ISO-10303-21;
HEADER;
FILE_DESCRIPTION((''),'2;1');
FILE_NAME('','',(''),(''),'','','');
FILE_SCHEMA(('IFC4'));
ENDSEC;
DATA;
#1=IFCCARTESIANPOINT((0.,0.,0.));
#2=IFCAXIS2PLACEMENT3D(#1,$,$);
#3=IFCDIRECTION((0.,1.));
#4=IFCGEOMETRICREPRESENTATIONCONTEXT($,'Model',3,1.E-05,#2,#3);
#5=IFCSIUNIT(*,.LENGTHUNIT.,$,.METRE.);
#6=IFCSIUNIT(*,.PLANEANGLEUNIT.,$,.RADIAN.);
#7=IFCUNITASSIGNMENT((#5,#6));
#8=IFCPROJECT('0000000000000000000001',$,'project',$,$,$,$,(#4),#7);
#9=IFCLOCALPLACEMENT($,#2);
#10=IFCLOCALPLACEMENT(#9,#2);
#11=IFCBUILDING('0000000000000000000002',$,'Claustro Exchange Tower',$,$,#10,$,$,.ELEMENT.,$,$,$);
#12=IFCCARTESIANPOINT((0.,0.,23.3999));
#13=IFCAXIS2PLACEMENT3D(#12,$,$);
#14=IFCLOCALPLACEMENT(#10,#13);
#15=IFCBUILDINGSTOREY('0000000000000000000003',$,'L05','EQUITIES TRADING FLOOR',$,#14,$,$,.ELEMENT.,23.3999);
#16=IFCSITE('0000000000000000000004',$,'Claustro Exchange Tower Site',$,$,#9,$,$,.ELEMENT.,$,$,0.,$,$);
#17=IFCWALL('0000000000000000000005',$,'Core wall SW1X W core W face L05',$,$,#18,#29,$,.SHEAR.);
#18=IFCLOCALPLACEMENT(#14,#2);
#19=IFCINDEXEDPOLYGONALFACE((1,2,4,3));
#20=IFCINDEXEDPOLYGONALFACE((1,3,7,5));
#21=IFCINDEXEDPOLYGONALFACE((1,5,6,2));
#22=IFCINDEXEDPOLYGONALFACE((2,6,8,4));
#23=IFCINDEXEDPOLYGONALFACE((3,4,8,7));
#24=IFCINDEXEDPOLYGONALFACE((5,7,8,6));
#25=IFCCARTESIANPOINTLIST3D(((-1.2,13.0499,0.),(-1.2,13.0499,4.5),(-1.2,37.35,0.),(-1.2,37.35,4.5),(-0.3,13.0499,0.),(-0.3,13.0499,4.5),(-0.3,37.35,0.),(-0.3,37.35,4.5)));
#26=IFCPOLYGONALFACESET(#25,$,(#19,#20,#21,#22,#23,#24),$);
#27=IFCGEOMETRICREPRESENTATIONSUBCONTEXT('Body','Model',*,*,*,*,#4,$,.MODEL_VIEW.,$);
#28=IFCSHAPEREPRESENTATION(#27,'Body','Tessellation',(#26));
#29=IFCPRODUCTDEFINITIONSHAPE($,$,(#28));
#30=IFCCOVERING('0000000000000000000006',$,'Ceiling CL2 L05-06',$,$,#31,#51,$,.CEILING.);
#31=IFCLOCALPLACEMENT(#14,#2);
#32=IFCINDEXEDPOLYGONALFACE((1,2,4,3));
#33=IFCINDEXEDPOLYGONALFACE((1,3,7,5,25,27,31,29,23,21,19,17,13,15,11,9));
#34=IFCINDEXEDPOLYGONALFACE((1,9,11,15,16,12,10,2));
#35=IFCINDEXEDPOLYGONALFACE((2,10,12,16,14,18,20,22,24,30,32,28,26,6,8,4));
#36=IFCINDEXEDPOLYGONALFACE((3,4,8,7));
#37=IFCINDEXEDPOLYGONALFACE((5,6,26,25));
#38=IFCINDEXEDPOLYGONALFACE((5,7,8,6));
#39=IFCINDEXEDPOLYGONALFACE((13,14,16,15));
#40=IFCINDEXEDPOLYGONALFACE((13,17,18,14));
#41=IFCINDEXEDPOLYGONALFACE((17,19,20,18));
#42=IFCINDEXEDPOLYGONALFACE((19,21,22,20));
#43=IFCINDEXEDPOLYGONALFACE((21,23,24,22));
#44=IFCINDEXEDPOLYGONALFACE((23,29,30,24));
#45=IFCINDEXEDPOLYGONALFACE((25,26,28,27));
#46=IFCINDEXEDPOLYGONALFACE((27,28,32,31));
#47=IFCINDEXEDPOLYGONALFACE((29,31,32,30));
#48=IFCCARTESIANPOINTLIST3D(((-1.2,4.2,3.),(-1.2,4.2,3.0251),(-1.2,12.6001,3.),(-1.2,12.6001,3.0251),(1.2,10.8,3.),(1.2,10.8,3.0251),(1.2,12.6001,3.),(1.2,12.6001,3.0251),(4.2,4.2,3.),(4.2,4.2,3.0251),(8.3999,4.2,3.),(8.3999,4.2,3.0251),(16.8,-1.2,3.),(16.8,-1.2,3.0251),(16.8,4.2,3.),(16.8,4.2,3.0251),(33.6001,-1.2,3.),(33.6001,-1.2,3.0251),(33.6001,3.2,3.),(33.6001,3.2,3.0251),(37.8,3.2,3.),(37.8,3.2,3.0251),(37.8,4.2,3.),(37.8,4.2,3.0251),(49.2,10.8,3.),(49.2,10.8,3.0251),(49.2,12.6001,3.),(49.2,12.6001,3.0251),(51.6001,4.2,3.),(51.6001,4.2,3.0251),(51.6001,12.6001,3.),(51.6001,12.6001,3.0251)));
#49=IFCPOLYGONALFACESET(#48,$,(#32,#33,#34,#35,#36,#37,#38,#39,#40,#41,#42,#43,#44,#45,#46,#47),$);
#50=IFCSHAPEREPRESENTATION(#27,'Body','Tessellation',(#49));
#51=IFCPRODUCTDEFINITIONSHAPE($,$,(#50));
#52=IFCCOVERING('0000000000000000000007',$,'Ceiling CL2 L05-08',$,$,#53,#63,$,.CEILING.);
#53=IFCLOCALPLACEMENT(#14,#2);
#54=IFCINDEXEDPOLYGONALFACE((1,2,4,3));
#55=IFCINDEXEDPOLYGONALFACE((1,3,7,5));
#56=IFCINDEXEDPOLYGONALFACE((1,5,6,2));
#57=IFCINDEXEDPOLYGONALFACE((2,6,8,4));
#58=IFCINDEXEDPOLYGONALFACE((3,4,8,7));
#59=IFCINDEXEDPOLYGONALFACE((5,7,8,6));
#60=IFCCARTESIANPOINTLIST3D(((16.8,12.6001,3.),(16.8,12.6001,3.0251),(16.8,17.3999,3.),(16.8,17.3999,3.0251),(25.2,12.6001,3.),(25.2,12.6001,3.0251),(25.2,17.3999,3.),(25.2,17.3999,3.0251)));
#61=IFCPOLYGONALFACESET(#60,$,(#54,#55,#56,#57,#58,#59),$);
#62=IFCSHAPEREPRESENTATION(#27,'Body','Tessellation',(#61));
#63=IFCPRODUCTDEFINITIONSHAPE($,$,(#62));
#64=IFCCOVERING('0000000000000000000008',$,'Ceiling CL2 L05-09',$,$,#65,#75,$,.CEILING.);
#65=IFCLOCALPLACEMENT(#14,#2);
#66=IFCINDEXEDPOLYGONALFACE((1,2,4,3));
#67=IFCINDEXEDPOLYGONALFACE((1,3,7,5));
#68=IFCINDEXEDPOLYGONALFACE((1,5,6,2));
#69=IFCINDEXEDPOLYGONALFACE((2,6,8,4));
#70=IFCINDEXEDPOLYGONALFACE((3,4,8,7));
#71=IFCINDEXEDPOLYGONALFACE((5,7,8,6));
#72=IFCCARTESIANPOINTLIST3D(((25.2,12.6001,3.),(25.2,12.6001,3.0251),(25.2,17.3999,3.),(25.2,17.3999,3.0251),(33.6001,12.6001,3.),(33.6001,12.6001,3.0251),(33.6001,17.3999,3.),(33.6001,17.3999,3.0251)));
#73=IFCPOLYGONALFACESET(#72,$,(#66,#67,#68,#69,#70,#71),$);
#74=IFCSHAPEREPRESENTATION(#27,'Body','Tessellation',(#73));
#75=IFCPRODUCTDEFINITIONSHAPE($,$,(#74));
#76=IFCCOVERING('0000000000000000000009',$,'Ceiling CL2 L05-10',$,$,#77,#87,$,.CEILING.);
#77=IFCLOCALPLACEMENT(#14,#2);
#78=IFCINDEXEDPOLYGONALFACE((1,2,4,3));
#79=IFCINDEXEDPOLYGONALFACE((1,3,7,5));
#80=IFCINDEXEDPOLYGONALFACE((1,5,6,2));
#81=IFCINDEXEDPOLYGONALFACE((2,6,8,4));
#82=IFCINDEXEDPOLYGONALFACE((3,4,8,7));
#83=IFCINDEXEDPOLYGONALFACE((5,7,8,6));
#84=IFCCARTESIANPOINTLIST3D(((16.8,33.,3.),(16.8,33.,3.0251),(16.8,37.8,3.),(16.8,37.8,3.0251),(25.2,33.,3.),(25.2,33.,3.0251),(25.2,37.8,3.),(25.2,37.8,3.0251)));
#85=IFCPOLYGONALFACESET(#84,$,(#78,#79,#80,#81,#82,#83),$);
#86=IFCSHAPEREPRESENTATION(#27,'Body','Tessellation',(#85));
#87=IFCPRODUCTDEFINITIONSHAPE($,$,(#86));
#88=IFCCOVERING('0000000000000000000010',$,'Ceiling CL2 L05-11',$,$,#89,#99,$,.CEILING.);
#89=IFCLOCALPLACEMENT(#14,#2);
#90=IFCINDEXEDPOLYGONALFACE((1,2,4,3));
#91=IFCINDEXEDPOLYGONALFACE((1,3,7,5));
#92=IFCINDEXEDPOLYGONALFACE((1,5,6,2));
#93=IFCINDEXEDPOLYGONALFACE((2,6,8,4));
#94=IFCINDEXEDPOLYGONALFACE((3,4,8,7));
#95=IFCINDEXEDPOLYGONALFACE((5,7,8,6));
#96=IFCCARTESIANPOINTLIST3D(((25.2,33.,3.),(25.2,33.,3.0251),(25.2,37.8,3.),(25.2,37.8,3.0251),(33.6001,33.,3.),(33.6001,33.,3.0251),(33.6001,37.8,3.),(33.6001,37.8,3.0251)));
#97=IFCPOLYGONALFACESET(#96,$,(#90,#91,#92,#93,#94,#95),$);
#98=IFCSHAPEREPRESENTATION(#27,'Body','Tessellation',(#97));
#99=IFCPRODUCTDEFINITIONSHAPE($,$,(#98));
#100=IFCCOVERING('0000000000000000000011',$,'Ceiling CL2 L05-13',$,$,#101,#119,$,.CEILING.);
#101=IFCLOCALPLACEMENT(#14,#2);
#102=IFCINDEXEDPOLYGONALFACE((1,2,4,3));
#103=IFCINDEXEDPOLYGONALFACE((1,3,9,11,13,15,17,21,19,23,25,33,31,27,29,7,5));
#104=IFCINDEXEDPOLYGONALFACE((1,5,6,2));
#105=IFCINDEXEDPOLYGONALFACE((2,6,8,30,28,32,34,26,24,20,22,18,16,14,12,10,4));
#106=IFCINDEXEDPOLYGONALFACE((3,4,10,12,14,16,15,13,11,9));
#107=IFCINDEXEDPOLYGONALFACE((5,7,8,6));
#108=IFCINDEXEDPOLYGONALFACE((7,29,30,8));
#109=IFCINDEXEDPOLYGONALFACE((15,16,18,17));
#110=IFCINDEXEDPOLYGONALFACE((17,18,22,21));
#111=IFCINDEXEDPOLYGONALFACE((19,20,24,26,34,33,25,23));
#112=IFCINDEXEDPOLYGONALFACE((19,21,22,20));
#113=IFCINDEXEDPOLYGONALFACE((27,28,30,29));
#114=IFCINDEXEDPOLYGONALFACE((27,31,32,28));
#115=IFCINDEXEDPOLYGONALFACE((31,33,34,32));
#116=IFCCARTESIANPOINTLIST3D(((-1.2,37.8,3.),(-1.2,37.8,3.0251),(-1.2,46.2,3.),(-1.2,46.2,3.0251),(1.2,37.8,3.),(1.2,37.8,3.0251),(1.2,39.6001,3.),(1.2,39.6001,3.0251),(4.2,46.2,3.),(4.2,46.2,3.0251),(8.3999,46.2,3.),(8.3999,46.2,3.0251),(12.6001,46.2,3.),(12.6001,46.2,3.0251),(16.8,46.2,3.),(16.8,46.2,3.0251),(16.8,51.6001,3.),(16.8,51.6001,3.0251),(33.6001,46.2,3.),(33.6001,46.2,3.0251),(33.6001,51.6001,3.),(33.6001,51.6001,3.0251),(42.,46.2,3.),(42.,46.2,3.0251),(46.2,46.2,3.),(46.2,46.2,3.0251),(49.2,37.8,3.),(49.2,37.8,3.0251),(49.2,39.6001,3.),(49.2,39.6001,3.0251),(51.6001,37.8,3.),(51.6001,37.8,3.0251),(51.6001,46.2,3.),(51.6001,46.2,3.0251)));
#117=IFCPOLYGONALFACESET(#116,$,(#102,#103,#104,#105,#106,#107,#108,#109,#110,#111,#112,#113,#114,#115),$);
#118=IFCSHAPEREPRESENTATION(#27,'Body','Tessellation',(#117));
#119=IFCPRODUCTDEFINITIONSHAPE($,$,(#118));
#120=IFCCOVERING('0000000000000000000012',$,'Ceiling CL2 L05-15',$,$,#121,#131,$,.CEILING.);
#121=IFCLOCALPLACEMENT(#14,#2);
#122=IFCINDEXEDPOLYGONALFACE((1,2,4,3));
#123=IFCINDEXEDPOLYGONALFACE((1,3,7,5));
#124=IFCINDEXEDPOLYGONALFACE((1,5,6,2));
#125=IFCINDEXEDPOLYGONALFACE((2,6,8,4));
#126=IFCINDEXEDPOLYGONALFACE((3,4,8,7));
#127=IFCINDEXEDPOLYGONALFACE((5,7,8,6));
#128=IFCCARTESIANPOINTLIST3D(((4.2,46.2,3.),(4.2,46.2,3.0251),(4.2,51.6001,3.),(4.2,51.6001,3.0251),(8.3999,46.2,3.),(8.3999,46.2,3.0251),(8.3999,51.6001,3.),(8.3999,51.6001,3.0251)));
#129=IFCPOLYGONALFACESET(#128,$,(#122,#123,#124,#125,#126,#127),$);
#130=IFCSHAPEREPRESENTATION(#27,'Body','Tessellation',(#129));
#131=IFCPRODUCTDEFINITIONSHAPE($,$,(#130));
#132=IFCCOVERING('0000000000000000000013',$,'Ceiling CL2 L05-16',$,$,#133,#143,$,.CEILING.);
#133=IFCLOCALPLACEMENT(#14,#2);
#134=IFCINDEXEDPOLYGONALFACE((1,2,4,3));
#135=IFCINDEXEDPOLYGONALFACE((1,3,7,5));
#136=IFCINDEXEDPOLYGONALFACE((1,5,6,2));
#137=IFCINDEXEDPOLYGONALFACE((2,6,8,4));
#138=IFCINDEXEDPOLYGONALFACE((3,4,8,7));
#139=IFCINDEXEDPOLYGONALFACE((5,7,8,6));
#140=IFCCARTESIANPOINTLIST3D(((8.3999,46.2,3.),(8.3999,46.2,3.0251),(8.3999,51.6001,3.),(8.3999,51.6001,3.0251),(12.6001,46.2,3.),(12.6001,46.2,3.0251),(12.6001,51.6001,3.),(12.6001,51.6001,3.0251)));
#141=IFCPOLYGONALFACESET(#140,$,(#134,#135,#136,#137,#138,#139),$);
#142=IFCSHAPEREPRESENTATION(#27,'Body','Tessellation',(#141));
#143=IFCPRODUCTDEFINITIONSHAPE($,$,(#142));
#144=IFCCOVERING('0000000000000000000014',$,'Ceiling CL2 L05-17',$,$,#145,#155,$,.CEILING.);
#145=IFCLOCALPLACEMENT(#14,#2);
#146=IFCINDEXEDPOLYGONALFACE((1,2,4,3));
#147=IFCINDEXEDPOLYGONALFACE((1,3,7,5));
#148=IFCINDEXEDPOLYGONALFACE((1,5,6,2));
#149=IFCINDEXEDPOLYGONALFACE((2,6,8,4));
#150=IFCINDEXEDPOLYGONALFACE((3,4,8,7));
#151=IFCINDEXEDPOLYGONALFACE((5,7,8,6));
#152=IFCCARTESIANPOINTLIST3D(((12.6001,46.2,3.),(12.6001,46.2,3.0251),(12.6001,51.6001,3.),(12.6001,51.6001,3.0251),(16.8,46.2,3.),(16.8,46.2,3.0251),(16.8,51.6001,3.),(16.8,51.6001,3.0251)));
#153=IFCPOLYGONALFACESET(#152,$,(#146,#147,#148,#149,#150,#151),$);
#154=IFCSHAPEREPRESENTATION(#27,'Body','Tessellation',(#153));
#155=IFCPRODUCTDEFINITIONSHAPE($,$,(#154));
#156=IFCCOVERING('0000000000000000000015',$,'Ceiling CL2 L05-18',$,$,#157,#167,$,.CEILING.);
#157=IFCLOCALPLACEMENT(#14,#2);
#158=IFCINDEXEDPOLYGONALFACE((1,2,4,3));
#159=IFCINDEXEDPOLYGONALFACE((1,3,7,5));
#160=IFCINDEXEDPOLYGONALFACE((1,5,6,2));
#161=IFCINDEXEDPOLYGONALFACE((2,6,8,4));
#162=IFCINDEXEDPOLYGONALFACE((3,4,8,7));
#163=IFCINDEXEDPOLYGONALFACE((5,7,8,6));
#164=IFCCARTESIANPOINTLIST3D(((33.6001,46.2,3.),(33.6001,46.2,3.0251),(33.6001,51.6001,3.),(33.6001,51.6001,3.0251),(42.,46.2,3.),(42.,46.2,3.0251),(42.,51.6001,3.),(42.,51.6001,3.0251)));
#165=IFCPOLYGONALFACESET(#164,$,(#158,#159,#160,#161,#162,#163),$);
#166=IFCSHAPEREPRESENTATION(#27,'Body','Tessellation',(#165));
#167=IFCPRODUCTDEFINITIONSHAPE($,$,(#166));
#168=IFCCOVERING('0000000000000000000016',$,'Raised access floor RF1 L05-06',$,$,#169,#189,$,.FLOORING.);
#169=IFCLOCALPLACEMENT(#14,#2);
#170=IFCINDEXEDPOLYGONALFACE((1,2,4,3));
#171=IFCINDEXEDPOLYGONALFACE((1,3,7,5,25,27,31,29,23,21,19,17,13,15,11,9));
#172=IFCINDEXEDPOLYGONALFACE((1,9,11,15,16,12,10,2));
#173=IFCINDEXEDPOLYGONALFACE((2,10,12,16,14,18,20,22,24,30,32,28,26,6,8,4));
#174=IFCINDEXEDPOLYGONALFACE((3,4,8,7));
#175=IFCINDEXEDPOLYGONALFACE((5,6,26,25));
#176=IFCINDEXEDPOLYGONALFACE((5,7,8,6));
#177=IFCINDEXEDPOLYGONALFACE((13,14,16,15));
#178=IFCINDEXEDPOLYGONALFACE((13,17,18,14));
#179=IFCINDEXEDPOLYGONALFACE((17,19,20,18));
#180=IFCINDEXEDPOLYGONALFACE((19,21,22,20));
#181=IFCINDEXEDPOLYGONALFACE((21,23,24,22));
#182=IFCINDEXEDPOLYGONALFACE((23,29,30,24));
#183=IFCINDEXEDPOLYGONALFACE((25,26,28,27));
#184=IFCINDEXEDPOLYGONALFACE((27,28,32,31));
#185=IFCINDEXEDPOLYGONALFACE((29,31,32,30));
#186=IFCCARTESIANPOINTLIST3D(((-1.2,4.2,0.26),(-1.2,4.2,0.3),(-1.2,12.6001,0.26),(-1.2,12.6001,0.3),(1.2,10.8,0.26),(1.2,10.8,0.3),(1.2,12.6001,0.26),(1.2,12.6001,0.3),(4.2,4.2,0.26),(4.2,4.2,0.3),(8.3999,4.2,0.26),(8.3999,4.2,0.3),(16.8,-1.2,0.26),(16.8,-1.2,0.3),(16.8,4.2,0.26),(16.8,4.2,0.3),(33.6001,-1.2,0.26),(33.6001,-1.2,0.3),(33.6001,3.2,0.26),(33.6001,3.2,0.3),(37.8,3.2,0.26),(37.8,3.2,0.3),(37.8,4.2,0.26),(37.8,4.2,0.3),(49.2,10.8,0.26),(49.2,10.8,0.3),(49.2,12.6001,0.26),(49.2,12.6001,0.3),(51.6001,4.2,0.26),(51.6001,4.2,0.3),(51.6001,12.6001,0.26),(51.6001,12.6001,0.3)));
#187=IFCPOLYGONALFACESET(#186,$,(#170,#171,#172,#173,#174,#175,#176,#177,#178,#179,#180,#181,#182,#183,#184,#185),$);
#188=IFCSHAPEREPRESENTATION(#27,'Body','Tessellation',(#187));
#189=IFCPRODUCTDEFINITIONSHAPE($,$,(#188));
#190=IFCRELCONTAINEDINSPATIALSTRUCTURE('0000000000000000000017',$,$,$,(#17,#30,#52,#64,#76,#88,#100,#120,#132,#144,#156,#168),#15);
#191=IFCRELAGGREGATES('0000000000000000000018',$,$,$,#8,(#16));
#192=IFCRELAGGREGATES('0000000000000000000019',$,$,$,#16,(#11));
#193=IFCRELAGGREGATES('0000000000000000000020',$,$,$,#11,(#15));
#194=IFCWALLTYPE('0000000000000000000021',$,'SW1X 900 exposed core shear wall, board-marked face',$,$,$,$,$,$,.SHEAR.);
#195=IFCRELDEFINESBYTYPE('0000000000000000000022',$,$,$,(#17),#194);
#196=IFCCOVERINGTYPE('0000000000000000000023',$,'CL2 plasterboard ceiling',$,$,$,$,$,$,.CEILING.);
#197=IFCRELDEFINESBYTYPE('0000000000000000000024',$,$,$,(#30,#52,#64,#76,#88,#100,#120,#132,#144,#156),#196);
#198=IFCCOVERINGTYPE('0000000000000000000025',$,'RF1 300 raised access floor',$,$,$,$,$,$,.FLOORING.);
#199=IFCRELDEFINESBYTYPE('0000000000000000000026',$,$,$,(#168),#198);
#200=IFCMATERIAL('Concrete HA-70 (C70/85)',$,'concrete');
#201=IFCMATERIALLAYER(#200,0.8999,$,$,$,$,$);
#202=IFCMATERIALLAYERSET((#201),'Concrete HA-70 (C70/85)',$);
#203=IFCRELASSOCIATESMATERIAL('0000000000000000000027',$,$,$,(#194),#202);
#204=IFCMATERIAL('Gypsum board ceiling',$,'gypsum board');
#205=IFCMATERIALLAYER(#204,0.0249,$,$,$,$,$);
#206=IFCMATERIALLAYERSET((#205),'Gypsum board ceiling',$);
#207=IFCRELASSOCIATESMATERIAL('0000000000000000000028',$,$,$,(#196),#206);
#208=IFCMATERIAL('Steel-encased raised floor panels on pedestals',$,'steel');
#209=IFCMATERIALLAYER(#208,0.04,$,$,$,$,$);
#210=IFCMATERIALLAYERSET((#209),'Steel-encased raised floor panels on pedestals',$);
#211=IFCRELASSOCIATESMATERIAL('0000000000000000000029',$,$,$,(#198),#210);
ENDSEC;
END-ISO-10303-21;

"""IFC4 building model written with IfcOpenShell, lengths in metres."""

from ifc_helpers import new_model, si_unit, direction, frame, frame_2d, origin, place, context, subcontext, project, spatial, polyline, rectangle, outline, extrude, material, layer, layer_set, type_object, element, save


model = new_model("IFC4")

# Units and contexts
model_context = context("Model", 3, precision=1e-05, world=origin(), true_north=direction((0.0, 1.0)))
body_context = subcontext(model_context, "Body", "Model", "MODEL_VIEW")
ifc_project = project(units=[si_unit("LENGTHUNIT", "METRE"), si_unit("PLANEANGLEUNIT", "RADIAN")], contexts=[model_context])

# Site, building, storey
site_placement = place(None, origin())
site = spatial("IfcSite", under=ifc_project, at=site_placement, Name="Claustro Exchange Tower Site", CompositionType="ELEMENT", RefElevation=0.0)
building_placement = place(site_placement, origin())
building = spatial("IfcBuilding", under=site, at=building_placement, Name="Claustro Exchange Tower", CompositionType="ELEMENT")
storey_placement = place(building_placement, frame((0.0, 0.0, 23.3999)))
storey = spatial("IfcBuildingStorey", under=building, at=storey_placement, Name="L05", Description="EQUITIES TRADING FLOOR", CompositionType="ELEMENT", Elevation=23.3999)

# Wall
ifc_material_1 = material(Name="Concrete HA-70 (C70/85)", Category="concrete")
ifc_layer_1 = layer(ifc_material_1, 0.8999)
ifc_layer_set_1 = layer_set([ifc_layer_1], Name="Concrete HA-70 (C70/85)")
wall_type_1 = type_object("IfcWallType", Name="SW1X 900 exposed core shear wall, board-marked face", PredefinedType="SHEAR", material=ifc_layer_set_1)
wall_1_placement = place(storey_placement, frame((-0.75, 13.05, 0.0), z_axis=(0.0, 0.0, 1.0), x_axis=(0.0, 1.0, 0.0)))
element("IfcWall", 1, at=wall_1_placement, inside=storey, type_object=wall_type_1, Name="Core wall SW1X W core W face L05", PredefinedType="SHEAR", context=body_context, shape_type="SweptSolid", body=[
    extrude(rectangle(XDim=24.3, YDim=0.8999, at=frame_2d((12.1499, 0.0))), origin(), (0.0, 0.0, 1.0), 4.5),
])

# Coverings
ifc_material_2 = material(Name="Gypsum board ceiling", Category="gypsum board")
ifc_layer_2 = layer(ifc_material_2, 0.0249)
ifc_layer_set_2 = layer_set([ifc_layer_2], Name="Gypsum board ceiling")
covering_type_1 = type_object("IfcCoveringType", Name="CL2 plasterboard ceiling", PredefinedType="CEILING", material=ifc_layer_set_2)
covering_1_placement = place(storey_placement, frame((0.0, 0.0, 3.0)))
element("IfcCovering", 2, at=covering_1_placement, inside=storey, type_object=covering_type_1, Name="Ceiling CL2 L05-06", PredefinedType="CEILING", context=body_context, shape_type="SweptSolid", body=[
    extrude(outline(polyline([(-1.2, 12.6001), (-1.2, 4.2), (4.2, 4.2), (8.3999, 4.2), (16.8, 4.2), (16.8, -1.2), (33.6001, -1.2), (33.6001, 3.2), (37.8, 3.2), (37.8, 4.2), (51.6001, 4.2), (51.6001, 12.6001), (49.2, 12.6001), (49.2, 10.8), (1.2, 10.8), (1.2, 12.6001), (-1.2, 12.6001)])), origin(), (0.0, 0.0, 1.0), 0.0251),
])
covering_2_placement = place(storey_placement, frame((0.0, 0.0, 3.0)))
element("IfcCovering", 3, at=covering_2_placement, inside=storey, type_object=covering_type_1, Name="Ceiling CL2 L05-08", PredefinedType="CEILING", context=body_context, shape_type="SweptSolid", body=[
    extrude(outline(polyline([(16.8, 17.3999), (16.8, 12.6001), (25.2, 12.6001), (25.2, 17.3999), (16.8, 17.3999)])), origin(), (0.0, 0.0, 1.0), 0.0251),
])
covering_3_placement = place(storey_placement, frame((0.0, 0.0, 3.0)))
element("IfcCovering", 4, at=covering_3_placement, inside=storey, type_object=covering_type_1, Name="Ceiling CL2 L05-09", PredefinedType="CEILING", context=body_context, shape_type="SweptSolid", body=[
    extrude(outline(polyline([(33.6001, 17.3999), (25.2, 17.3999), (25.2, 12.6001), (33.6001, 12.6001), (33.6001, 17.3999)])), origin(), (0.0, 0.0, 1.0), 0.0251),
])
covering_4_placement = place(storey_placement, frame((0.0, 0.0, 3.0)))
element("IfcCovering", 5, at=covering_4_placement, inside=storey, type_object=covering_type_1, Name="Ceiling CL2 L05-10", PredefinedType="CEILING", context=body_context, shape_type="SweptSolid", body=[
    extrude(outline(polyline([(16.8, 33.0), (25.2, 33.0), (25.2, 37.8), (16.8, 37.8), (16.8, 33.0)])), origin(), (0.0, 0.0, 1.0), 0.0251),
])
covering_5_placement = place(storey_placement, frame((0.0, 0.0, 3.0)))
element("IfcCovering", 6, at=covering_5_placement, inside=storey, type_object=covering_type_1, Name="Ceiling CL2 L05-11", PredefinedType="CEILING", context=body_context, shape_type="SweptSolid", body=[
    extrude(outline(polyline([(33.6001, 33.0), (33.6001, 37.8), (25.2, 37.8), (25.2, 33.0), (33.6001, 33.0)])), origin(), (0.0, 0.0, 1.0), 0.0251),
])
covering_6_placement = place(storey_placement, frame((0.0, 0.0, 3.0)))
element("IfcCovering", 7, at=covering_6_placement, inside=storey, type_object=covering_type_1, Name="Ceiling CL2 L05-13", PredefinedType="CEILING", context=body_context, shape_type="SweptSolid", body=[
    extrude(outline(polyline([(-1.2, 46.2), (-1.2, 37.8), (1.2, 37.8), (1.2, 39.6001), (49.2, 39.6001), (49.2, 37.8), (51.6001, 37.8), (51.6001, 46.2), (46.2, 46.2), (42.0, 46.2), (33.6001, 46.2), (33.6001, 51.6001), (16.8, 51.6001), (16.8, 46.2), (12.6001, 46.2), (8.3999, 46.2), (4.2, 46.2), (-1.2, 46.2)])), origin(), (0.0, 0.0, 1.0), 0.0251),
])
covering_7_placement = place(storey_placement, frame((0.0, 0.0, 3.0)))
element("IfcCovering", 8, at=covering_7_placement, inside=storey, type_object=covering_type_1, Name="Ceiling CL2 L05-15", PredefinedType="CEILING", context=body_context, shape_type="SweptSolid", body=[
    extrude(outline(polyline([(8.3999, 51.6001), (4.2, 51.6001), (4.2, 46.2), (8.3999, 46.2), (8.3999, 51.6001)])), origin(), (0.0, 0.0, 1.0), 0.0251),
])
covering_8_placement = place(storey_placement, frame((0.0, 0.0, 3.0)))
element("IfcCovering", 9, at=covering_8_placement, inside=storey, type_object=covering_type_1, Name="Ceiling CL2 L05-16", PredefinedType="CEILING", context=body_context, shape_type="SweptSolid", body=[
    extrude(outline(polyline([(12.6001, 51.6001), (8.3999, 51.6001), (8.3999, 46.2), (12.6001, 46.2), (12.6001, 51.6001)])), origin(), (0.0, 0.0, 1.0), 0.0251),
])
covering_9_placement = place(storey_placement, frame((0.0, 0.0, 3.0)))
element("IfcCovering", 10, at=covering_9_placement, inside=storey, type_object=covering_type_1, Name="Ceiling CL2 L05-17", PredefinedType="CEILING", context=body_context, shape_type="SweptSolid", body=[
    extrude(outline(polyline([(16.8, 51.6001), (12.6001, 51.6001), (12.6001, 46.2), (16.8, 46.2), (16.8, 51.6001)])), origin(), (0.0, 0.0, 1.0), 0.0251),
])
covering_10_placement = place(storey_placement, frame((0.0, 0.0, 3.0)))
element("IfcCovering", 11, at=covering_10_placement, inside=storey, type_object=covering_type_1, Name="Ceiling CL2 L05-18", PredefinedType="CEILING", context=body_context, shape_type="SweptSolid", body=[
    extrude(outline(polyline([(42.0, 51.6001), (33.6001, 51.6001), (33.6001, 46.2), (42.0, 46.2), (42.0, 51.6001)])), origin(), (0.0, 0.0, 1.0), 0.0251),
])
ifc_material_3 = material(Name="Steel-encased raised floor panels on pedestals", Category="steel")
ifc_layer_3 = layer(ifc_material_3, 0.04)
ifc_layer_set_3 = layer_set([ifc_layer_3], Name="Steel-encased raised floor panels on pedestals")
covering_type_2 = type_object("IfcCoveringType", Name="RF1 300 raised access floor", PredefinedType="FLOORING", material=ifc_layer_set_3)
covering_11_placement = place(storey_placement, frame((0.0, 0.0, 0.26)))
element("IfcCovering", 12, at=covering_11_placement, inside=storey, type_object=covering_type_2, Name="Raised access floor RF1 L05-06", PredefinedType="FLOORING", context=body_context, shape_type="SweptSolid", body=[
    extrude(outline(polyline([(-1.2, 12.6001), (-1.2, 4.2), (4.2, 4.2), (8.3999, 4.2), (16.8, 4.2), (16.8, -1.2), (33.6001, -1.2), (33.6001, 3.2), (37.8, 3.2), (37.8, 4.2), (51.6001, 4.2), (51.6001, 12.6001), (49.2, 12.6001), (49.2, 10.8), (1.2, 10.8), (1.2, 12.6001), (-1.2, 12.6001)])), origin(), (0.0, 0.0, 1.0), 0.04),
])

save(model, "model.ifc")
